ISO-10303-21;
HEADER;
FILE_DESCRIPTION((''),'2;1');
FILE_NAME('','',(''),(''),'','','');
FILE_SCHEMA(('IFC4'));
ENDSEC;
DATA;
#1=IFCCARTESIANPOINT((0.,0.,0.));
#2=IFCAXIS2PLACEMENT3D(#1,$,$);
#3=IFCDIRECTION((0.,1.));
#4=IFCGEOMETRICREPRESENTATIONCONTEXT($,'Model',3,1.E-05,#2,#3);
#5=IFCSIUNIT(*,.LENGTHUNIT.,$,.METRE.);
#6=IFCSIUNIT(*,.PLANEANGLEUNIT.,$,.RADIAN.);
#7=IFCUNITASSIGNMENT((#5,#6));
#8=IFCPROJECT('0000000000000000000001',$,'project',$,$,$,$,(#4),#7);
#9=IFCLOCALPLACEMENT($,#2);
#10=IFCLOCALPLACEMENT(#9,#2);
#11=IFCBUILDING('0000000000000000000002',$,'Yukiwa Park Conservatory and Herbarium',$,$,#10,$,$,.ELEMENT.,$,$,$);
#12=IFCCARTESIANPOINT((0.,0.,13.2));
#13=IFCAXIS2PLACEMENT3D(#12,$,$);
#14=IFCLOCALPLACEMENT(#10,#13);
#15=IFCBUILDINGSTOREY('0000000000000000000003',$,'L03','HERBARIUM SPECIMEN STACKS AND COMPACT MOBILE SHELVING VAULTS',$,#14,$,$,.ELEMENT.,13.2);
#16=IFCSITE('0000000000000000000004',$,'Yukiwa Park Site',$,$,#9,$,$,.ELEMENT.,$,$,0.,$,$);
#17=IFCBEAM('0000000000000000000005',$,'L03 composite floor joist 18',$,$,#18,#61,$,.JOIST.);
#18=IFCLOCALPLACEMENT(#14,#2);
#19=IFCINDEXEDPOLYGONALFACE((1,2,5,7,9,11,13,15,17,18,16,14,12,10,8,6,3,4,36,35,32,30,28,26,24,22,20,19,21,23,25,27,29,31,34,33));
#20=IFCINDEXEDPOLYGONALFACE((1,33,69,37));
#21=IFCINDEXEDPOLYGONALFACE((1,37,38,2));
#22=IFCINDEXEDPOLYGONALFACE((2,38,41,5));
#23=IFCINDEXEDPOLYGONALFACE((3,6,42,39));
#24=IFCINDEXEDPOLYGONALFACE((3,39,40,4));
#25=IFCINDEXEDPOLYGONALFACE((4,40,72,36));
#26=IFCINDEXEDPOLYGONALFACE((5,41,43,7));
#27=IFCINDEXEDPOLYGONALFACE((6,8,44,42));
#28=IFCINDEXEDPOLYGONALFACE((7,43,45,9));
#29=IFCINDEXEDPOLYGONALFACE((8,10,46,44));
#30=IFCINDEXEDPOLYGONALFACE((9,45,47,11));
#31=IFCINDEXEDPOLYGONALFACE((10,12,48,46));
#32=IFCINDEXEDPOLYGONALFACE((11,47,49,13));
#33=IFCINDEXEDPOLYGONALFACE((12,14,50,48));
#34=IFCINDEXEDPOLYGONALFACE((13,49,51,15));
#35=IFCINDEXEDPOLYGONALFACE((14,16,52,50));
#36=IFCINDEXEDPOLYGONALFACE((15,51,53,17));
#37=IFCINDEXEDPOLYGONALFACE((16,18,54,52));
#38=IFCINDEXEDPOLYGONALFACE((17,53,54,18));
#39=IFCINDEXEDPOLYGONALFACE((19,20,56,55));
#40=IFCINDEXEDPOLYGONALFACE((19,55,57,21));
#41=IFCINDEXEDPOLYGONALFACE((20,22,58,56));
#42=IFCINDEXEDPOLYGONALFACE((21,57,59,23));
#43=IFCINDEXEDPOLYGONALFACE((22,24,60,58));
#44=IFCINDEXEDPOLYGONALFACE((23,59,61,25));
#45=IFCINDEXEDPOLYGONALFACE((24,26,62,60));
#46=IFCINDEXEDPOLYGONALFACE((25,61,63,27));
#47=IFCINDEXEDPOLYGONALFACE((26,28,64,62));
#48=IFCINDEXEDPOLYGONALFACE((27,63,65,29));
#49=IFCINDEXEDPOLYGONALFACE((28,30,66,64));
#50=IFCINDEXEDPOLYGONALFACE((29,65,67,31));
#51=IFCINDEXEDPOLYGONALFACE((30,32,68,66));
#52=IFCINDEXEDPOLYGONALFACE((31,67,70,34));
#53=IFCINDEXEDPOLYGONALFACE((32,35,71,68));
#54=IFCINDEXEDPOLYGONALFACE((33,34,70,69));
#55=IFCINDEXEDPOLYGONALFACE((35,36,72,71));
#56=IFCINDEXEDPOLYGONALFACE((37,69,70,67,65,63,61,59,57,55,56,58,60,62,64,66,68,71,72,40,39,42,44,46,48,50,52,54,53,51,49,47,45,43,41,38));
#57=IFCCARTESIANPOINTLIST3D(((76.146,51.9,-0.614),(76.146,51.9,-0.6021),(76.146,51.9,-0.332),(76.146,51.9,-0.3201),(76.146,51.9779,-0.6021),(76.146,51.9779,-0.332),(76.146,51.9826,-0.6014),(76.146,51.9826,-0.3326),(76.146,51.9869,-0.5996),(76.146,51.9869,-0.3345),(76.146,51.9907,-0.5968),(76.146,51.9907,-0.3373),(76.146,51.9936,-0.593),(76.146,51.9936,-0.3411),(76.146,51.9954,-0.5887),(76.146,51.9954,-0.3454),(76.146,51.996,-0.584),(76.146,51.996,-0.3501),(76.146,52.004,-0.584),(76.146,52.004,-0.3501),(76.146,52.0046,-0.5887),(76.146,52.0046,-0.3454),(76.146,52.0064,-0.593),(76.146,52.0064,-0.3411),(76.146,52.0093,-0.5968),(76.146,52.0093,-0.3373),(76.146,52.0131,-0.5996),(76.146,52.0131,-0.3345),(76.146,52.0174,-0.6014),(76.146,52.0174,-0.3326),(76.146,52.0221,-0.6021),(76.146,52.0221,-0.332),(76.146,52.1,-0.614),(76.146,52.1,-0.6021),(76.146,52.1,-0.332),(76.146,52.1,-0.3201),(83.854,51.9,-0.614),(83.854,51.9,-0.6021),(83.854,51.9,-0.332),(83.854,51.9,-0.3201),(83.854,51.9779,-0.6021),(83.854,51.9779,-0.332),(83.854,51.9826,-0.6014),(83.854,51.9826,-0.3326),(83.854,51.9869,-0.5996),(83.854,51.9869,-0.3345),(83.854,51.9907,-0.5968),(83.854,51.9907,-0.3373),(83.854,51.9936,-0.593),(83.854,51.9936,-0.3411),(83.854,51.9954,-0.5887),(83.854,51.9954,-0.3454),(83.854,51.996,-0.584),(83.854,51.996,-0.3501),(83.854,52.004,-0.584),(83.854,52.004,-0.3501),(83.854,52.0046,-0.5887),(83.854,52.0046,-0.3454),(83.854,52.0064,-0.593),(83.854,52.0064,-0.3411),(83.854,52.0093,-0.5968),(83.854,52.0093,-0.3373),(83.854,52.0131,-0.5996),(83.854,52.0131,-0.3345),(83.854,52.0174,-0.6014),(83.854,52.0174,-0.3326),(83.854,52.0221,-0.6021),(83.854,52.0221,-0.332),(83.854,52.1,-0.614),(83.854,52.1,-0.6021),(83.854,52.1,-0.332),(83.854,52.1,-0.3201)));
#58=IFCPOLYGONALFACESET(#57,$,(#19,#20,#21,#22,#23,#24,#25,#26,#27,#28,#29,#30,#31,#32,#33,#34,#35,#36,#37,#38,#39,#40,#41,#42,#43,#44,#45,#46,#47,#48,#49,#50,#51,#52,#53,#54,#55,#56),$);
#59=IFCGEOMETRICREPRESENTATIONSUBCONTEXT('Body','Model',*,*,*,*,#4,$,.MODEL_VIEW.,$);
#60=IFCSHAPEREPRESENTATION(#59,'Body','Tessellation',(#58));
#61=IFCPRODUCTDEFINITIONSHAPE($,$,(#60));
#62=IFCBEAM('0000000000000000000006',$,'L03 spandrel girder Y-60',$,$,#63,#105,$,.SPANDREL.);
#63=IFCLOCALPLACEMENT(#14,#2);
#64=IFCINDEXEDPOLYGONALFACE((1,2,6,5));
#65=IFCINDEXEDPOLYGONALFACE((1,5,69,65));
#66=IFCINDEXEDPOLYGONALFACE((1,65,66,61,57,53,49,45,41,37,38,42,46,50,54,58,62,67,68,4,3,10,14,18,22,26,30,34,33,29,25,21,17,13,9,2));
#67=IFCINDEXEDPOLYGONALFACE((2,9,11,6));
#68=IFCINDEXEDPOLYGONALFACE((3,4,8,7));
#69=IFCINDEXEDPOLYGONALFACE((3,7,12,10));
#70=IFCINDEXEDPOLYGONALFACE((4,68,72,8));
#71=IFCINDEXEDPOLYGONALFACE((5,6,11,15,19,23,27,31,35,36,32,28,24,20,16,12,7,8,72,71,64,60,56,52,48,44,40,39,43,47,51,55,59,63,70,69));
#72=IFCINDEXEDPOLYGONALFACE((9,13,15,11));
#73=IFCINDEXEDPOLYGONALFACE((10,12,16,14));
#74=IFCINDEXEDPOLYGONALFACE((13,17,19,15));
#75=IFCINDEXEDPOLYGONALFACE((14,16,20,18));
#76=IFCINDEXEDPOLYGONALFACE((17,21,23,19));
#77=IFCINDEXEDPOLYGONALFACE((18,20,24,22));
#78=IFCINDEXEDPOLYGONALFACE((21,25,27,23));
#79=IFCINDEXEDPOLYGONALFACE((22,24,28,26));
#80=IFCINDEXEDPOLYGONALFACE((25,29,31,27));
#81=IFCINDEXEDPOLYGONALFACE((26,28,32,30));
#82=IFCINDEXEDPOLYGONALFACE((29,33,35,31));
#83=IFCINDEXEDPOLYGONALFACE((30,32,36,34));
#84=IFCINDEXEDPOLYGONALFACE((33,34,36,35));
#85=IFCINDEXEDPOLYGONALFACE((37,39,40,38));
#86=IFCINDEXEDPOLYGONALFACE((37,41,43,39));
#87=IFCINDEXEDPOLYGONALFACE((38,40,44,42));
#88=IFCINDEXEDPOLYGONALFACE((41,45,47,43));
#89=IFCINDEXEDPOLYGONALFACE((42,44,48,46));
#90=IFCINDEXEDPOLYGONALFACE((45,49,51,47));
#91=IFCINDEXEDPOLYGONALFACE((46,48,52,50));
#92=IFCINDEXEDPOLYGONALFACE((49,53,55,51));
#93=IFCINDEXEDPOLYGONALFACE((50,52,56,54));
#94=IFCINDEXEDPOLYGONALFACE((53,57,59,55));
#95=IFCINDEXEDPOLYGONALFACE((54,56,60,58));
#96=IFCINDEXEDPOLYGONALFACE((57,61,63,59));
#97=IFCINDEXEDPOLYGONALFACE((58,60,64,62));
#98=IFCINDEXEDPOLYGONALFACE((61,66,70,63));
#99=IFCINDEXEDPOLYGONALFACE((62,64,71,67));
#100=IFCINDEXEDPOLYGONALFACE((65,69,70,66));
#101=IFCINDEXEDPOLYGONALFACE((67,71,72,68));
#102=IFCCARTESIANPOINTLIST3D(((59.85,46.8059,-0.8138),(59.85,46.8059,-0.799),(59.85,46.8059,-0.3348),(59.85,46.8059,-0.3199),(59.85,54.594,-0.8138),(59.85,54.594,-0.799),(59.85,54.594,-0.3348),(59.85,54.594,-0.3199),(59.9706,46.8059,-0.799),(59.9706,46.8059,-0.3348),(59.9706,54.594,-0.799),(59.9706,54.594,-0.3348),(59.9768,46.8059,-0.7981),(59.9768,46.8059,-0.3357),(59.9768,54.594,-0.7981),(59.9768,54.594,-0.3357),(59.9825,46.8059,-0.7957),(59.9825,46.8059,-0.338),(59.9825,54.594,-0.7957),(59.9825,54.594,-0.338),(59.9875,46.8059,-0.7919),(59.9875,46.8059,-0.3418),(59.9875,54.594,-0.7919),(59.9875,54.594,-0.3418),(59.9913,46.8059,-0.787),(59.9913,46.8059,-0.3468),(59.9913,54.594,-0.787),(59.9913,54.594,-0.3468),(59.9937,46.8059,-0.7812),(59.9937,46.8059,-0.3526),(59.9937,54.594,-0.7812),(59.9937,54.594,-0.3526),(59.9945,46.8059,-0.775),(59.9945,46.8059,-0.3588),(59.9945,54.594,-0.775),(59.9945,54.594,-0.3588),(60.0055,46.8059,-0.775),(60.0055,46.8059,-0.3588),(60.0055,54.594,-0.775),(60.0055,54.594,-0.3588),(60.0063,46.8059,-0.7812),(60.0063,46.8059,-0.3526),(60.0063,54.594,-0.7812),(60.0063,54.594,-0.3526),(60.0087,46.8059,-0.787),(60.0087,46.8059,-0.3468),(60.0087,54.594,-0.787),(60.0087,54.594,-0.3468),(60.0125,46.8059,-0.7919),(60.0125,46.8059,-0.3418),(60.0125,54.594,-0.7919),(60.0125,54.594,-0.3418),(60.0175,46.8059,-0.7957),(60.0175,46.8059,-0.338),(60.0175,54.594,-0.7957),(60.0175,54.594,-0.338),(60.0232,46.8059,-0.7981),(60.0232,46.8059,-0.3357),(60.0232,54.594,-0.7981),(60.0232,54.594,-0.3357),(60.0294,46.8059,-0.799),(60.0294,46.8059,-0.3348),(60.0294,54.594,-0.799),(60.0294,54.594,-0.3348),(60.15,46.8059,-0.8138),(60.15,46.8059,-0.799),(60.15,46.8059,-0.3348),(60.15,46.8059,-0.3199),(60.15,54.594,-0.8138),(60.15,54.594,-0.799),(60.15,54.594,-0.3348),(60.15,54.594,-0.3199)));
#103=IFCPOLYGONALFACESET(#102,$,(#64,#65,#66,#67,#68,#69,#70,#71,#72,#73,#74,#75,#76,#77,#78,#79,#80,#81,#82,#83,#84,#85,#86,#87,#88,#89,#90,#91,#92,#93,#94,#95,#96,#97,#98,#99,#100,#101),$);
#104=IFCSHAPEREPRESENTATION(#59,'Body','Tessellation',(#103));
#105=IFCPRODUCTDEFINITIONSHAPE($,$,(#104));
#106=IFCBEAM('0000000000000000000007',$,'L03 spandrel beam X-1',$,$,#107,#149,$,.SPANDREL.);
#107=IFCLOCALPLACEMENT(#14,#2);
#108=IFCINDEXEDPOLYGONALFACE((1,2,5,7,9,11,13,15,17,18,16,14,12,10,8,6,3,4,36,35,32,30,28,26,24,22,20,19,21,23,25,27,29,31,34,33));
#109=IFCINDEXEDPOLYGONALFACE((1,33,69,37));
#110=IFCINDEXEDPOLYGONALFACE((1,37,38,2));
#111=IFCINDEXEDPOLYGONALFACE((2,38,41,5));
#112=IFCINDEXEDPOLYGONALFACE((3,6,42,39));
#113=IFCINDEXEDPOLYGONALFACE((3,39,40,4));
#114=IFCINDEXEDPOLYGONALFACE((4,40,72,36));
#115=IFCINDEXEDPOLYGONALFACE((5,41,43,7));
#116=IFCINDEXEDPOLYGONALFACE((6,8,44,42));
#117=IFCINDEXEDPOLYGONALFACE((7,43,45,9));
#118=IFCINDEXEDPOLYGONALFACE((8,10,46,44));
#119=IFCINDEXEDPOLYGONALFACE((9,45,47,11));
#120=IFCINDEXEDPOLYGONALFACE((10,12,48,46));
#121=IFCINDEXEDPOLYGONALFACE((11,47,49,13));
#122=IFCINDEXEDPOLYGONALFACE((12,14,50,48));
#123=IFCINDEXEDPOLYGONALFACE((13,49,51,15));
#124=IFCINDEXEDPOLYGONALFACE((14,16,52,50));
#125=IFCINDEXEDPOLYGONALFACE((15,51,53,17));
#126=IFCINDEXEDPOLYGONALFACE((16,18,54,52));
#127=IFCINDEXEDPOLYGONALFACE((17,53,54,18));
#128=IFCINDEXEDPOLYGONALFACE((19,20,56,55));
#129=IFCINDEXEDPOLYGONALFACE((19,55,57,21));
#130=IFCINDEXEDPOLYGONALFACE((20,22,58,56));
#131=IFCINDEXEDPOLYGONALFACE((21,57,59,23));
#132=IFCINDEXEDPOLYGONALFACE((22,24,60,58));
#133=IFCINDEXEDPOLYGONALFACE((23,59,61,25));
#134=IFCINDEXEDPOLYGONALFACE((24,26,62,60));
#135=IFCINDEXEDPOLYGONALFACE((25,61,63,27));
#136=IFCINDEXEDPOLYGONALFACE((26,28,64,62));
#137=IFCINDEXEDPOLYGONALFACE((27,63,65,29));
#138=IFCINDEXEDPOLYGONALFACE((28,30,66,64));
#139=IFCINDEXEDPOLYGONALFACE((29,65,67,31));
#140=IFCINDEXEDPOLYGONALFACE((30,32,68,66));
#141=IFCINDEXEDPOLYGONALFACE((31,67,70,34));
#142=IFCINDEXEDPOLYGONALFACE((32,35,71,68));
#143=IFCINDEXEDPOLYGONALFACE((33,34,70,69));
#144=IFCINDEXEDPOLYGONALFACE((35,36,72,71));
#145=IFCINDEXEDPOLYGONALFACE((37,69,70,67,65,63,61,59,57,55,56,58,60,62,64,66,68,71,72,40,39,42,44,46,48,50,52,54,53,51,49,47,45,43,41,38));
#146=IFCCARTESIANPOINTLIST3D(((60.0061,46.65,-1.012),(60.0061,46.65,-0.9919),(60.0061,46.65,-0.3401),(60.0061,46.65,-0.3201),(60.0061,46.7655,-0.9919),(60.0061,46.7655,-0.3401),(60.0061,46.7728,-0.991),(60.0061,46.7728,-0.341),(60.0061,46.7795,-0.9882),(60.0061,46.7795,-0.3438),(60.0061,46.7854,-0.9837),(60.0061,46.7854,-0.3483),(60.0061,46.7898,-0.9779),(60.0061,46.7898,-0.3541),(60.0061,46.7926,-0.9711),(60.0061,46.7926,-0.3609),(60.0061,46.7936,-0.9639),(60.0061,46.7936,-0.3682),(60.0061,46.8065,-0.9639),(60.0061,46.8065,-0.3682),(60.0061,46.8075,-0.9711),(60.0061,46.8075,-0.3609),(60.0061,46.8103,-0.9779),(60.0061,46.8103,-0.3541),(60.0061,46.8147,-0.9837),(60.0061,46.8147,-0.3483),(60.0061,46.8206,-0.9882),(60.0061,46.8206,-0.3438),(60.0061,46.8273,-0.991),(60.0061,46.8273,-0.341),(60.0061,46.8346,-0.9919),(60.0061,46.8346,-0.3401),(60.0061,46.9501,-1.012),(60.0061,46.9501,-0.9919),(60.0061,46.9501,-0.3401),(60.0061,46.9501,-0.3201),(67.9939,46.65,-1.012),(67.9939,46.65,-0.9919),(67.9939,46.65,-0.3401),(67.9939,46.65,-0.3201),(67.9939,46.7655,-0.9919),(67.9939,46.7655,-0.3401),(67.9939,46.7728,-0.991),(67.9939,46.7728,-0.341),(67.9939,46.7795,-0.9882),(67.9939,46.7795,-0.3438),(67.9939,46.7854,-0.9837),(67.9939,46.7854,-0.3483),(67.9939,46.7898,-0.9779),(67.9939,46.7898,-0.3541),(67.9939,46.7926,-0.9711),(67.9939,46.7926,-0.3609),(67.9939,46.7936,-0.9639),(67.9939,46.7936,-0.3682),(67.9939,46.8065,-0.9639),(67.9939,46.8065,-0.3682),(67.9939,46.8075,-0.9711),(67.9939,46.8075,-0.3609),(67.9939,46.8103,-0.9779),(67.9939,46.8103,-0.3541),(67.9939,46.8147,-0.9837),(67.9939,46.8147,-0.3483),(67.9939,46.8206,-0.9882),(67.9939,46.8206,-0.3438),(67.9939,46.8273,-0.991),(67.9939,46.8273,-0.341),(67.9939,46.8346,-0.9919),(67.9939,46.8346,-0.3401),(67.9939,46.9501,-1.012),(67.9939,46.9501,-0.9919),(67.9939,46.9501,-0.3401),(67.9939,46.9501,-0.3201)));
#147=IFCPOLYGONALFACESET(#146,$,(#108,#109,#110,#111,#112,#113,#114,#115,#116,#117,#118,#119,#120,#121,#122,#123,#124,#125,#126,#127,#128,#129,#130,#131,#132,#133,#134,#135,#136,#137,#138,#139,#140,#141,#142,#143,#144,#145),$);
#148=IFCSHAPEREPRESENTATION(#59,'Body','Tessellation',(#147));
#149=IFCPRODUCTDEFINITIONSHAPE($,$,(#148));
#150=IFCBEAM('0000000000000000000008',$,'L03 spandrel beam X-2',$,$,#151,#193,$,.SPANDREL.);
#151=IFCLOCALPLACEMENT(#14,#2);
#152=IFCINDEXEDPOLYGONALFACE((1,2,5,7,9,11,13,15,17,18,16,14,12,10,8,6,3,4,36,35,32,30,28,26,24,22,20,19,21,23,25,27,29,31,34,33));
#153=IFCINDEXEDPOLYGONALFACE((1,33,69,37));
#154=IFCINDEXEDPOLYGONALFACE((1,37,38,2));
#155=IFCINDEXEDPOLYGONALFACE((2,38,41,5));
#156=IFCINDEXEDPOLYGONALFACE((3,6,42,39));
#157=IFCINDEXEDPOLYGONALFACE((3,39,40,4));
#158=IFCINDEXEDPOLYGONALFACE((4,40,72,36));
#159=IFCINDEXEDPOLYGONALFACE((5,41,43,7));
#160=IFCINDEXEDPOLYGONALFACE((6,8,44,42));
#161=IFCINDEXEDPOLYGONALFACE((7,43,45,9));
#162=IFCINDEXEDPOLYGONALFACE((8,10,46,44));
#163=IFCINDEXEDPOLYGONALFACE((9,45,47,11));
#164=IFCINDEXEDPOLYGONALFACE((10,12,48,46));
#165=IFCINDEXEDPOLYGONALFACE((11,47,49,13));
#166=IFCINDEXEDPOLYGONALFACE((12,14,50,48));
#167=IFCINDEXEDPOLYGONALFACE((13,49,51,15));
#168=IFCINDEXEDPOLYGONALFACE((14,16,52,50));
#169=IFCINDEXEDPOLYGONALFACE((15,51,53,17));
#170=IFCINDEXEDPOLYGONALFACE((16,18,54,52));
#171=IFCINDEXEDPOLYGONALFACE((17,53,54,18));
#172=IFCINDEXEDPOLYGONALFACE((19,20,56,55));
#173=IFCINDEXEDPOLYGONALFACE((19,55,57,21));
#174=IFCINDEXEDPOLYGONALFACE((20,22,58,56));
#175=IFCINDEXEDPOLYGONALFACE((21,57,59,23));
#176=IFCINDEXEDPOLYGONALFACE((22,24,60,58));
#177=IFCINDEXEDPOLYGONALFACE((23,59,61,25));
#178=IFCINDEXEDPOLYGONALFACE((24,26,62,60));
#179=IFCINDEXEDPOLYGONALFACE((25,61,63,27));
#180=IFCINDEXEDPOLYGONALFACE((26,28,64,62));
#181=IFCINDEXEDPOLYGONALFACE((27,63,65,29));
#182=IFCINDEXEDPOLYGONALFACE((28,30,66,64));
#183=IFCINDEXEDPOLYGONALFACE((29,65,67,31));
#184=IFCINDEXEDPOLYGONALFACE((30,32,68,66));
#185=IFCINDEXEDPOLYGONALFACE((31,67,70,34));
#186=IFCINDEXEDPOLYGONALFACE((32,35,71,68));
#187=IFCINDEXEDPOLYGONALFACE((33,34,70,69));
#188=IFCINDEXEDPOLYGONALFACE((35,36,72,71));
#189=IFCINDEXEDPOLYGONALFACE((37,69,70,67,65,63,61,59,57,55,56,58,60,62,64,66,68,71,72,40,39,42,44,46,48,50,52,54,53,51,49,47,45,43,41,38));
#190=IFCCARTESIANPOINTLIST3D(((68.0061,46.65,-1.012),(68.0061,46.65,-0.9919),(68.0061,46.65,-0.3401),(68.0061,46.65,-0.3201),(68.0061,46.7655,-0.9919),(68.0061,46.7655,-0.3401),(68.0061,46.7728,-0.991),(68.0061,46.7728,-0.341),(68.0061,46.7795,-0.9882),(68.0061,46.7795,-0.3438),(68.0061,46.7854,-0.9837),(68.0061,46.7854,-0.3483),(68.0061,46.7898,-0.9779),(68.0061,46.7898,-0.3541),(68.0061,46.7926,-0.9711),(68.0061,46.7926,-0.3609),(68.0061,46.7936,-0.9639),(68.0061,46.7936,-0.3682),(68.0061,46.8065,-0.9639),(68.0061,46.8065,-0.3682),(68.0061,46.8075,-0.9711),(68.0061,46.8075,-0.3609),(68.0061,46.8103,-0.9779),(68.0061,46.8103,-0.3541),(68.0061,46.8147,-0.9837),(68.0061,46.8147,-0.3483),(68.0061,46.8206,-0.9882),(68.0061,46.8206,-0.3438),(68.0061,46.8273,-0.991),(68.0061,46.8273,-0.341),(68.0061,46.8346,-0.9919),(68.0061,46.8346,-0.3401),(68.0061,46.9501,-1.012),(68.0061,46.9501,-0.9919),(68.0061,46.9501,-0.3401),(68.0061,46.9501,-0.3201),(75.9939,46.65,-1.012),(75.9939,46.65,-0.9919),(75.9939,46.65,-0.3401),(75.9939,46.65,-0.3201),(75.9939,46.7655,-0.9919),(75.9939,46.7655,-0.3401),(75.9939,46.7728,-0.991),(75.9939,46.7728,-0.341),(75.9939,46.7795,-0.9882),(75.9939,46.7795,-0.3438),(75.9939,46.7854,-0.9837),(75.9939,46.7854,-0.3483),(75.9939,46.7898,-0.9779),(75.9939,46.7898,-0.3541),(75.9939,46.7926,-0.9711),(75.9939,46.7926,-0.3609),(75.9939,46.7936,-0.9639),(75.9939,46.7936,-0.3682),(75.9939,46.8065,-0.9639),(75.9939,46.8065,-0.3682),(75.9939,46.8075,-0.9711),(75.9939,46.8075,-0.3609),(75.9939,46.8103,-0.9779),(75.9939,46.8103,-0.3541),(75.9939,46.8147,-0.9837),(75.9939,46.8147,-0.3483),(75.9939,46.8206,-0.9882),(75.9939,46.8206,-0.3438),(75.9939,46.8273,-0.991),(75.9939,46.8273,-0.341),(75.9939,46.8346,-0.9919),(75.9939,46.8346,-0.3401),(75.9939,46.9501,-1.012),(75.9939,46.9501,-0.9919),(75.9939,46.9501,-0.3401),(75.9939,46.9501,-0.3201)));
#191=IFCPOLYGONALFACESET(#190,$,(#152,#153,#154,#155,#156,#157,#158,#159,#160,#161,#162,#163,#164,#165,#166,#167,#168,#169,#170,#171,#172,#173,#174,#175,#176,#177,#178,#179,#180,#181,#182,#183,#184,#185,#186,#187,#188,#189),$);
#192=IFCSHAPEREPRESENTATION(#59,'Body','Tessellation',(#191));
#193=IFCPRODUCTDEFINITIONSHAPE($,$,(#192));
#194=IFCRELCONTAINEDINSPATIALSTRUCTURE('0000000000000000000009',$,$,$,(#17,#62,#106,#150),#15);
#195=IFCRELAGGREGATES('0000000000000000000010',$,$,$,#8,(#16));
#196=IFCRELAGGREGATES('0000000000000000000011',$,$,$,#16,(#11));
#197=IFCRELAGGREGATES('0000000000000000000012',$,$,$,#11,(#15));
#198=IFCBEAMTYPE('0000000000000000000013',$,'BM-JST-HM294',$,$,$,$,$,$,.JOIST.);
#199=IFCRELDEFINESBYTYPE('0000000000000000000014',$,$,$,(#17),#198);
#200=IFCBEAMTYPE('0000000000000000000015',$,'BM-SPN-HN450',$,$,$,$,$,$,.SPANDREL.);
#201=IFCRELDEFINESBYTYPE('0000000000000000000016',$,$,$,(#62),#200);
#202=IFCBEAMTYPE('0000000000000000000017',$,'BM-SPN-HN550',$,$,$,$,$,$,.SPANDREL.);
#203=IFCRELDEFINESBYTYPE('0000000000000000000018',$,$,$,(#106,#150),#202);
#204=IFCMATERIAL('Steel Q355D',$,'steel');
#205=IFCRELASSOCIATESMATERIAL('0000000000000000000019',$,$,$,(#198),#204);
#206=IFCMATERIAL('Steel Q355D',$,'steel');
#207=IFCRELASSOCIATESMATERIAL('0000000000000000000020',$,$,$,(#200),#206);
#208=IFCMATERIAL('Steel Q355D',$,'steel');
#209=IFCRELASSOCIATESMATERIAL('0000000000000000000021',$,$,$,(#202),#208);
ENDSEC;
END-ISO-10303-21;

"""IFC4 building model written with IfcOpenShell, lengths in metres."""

from ifc_helpers import new_model, si_unit, direction, frame, origin, origin_2d, place, context, subcontext, project, spatial, i_section, extrude, material, material_profile, profile_set, type_object, element, save


model = new_model("IFC4")

# Units and contexts
model_context = context("Model", 3, precision=1e-05, world=origin(), true_north=direction((0.0, 1.0)))
body_context = subcontext(model_context, "Body", "Model", "MODEL_VIEW")
ifc_project = project(units=[si_unit("LENGTHUNIT", "METRE"), si_unit("PLANEANGLEUNIT", "RADIAN")], contexts=[model_context])

# Site, building, storey
site_placement = place(None, origin())
site = spatial("IfcSite", under=ifc_project, at=site_placement, Name="Yukiwa Park Site", CompositionType="ELEMENT", RefElevation=0.0)
building_placement = place(site_placement, origin())
building = spatial("IfcBuilding", under=site, at=building_placement, Name="Yukiwa Park Conservatory and Herbarium", CompositionType="ELEMENT")
storey_placement = place(building_placement, frame((0.0, 0.0, 13.2)))
storey = spatial("IfcBuildingStorey", under=building, at=storey_placement, Name="L03", Description="HERBARIUM SPECIMEN STACKS AND COMPACT MOBILE SHELVING VAULTS", CompositionType="ELEMENT", Elevation=13.2)

# Beams
ifc_material_1 = material(Name="Steel Q355D", Category="steel")
ifc_material_profile_1 = material_profile(ifc_material_1, i_section(OverallWidth=0.2, OverallDepth=0.2939, WebThickness=0.0081, FlangeThickness=0.012, FilletRadius=0.0181, at=origin_2d()), Name="HM 294x200x8x12")
ifc_profile_set_1 = profile_set([ifc_material_profile_1], Name="Steel Q355D")
beam_type_1 = type_object("IfcBeamType", Name="BM-JST-HM294", PredefinedType="JOIST", material=ifc_profile_set_1)
for number, where, z_axis, x_axis, name in (
    (1, (76.146, 52.0, -0.467), (1.0, 0.0, 0.0), (0.0, 1.0, 0.0), "L03 composite floor joist 18"),
):
    element("IfcBeam", number, at=place(storey_placement, frame(where, z_axis=z_axis, x_axis=x_axis)), inside=storey, type_object=beam_type_1, Name=name, PredefinedType="JOIST", context=body_context, shape_type="SweptSolid", body=[
        extrude(i_section(OverallWidth=0.2, OverallDepth=0.2939, WebThickness=0.0081, FlangeThickness=0.012, FilletRadius=0.0181, at=origin_2d()), origin(), (0.0, 0.0, 1.0), 7.708),
    ])
ifc_material_2 = material(Name="Steel Q355D", Category="steel")
ifc_material_profile_2 = material_profile(ifc_material_2, i_section(OverallWidth=0.3, OverallDepth=0.4939, WebThickness=0.011, FlangeThickness=0.0149, FilletRadius=0.0239, at=origin_2d()), Name="HM 494x300x11x15")
ifc_profile_set_2 = profile_set([ifc_material_profile_2], Name="Steel Q355D")
beam_type_2 = type_object("IfcBeamType", Name="BM-SPN-HN450", PredefinedType="SPANDREL", material=ifc_profile_set_2)
beam_1_placement = place(storey_placement, frame((60.0, 46.8059, -0.5669), z_axis=(0.0, 1.0, 0.0), x_axis=(-1.0, 0.0, 0.0)))
element("IfcBeam", 2, at=beam_1_placement, inside=storey, type_object=beam_type_2, Name="L03 spandrel girder Y-60", PredefinedType="SPANDREL", context=body_context, shape_type="SweptSolid", body=[
    extrude(i_section(OverallWidth=0.3, OverallDepth=0.4939, WebThickness=0.011, FlangeThickness=0.0149, FilletRadius=0.0239, at=origin_2d()), origin(), (0.0, 0.0, 1.0), 7.7881),
])
ifc_material_3 = material(Name="Steel Q355D", Category="steel")
ifc_material_profile_3 = material_profile(ifc_material_3, i_section(OverallWidth=0.3, OverallDepth=0.6919, WebThickness=0.0129, FlangeThickness=0.02, FilletRadius=0.0281, at=origin_2d()), Name="HN 692x300x13x20")
ifc_profile_set_3 = profile_set([ifc_material_profile_3], Name="Steel Q355D")
beam_type_3 = type_object("IfcBeamType", Name="BM-SPN-HN550", PredefinedType="SPANDREL", material=ifc_profile_set_3)
for number, where, z_axis, x_axis, name in (
    (3, (60.0061, 46.8, -0.666), (1.0, 0.0, 0.0), (0.0, 1.0, 0.0), "L03 spandrel beam X-1"),
    (4, (68.0061, 46.8, -0.666), (1.0, 0.0, 0.0), (0.0, 1.0, 0.0), "L03 spandrel beam X-2"),
):
    element("IfcBeam", number, at=place(storey_placement, frame(where, z_axis=z_axis, x_axis=x_axis)), inside=storey, type_object=beam_type_3, Name=name, PredefinedType="SPANDREL", context=body_context, shape_type="SweptSolid", body=[
        extrude(i_section(OverallWidth=0.3, OverallDepth=0.6919, WebThickness=0.0129, FlangeThickness=0.02, FilletRadius=0.0281, at=origin_2d()), origin(), (0.0, 0.0, 1.0), 7.9878),
    ])

save(model, "model.ifc")
